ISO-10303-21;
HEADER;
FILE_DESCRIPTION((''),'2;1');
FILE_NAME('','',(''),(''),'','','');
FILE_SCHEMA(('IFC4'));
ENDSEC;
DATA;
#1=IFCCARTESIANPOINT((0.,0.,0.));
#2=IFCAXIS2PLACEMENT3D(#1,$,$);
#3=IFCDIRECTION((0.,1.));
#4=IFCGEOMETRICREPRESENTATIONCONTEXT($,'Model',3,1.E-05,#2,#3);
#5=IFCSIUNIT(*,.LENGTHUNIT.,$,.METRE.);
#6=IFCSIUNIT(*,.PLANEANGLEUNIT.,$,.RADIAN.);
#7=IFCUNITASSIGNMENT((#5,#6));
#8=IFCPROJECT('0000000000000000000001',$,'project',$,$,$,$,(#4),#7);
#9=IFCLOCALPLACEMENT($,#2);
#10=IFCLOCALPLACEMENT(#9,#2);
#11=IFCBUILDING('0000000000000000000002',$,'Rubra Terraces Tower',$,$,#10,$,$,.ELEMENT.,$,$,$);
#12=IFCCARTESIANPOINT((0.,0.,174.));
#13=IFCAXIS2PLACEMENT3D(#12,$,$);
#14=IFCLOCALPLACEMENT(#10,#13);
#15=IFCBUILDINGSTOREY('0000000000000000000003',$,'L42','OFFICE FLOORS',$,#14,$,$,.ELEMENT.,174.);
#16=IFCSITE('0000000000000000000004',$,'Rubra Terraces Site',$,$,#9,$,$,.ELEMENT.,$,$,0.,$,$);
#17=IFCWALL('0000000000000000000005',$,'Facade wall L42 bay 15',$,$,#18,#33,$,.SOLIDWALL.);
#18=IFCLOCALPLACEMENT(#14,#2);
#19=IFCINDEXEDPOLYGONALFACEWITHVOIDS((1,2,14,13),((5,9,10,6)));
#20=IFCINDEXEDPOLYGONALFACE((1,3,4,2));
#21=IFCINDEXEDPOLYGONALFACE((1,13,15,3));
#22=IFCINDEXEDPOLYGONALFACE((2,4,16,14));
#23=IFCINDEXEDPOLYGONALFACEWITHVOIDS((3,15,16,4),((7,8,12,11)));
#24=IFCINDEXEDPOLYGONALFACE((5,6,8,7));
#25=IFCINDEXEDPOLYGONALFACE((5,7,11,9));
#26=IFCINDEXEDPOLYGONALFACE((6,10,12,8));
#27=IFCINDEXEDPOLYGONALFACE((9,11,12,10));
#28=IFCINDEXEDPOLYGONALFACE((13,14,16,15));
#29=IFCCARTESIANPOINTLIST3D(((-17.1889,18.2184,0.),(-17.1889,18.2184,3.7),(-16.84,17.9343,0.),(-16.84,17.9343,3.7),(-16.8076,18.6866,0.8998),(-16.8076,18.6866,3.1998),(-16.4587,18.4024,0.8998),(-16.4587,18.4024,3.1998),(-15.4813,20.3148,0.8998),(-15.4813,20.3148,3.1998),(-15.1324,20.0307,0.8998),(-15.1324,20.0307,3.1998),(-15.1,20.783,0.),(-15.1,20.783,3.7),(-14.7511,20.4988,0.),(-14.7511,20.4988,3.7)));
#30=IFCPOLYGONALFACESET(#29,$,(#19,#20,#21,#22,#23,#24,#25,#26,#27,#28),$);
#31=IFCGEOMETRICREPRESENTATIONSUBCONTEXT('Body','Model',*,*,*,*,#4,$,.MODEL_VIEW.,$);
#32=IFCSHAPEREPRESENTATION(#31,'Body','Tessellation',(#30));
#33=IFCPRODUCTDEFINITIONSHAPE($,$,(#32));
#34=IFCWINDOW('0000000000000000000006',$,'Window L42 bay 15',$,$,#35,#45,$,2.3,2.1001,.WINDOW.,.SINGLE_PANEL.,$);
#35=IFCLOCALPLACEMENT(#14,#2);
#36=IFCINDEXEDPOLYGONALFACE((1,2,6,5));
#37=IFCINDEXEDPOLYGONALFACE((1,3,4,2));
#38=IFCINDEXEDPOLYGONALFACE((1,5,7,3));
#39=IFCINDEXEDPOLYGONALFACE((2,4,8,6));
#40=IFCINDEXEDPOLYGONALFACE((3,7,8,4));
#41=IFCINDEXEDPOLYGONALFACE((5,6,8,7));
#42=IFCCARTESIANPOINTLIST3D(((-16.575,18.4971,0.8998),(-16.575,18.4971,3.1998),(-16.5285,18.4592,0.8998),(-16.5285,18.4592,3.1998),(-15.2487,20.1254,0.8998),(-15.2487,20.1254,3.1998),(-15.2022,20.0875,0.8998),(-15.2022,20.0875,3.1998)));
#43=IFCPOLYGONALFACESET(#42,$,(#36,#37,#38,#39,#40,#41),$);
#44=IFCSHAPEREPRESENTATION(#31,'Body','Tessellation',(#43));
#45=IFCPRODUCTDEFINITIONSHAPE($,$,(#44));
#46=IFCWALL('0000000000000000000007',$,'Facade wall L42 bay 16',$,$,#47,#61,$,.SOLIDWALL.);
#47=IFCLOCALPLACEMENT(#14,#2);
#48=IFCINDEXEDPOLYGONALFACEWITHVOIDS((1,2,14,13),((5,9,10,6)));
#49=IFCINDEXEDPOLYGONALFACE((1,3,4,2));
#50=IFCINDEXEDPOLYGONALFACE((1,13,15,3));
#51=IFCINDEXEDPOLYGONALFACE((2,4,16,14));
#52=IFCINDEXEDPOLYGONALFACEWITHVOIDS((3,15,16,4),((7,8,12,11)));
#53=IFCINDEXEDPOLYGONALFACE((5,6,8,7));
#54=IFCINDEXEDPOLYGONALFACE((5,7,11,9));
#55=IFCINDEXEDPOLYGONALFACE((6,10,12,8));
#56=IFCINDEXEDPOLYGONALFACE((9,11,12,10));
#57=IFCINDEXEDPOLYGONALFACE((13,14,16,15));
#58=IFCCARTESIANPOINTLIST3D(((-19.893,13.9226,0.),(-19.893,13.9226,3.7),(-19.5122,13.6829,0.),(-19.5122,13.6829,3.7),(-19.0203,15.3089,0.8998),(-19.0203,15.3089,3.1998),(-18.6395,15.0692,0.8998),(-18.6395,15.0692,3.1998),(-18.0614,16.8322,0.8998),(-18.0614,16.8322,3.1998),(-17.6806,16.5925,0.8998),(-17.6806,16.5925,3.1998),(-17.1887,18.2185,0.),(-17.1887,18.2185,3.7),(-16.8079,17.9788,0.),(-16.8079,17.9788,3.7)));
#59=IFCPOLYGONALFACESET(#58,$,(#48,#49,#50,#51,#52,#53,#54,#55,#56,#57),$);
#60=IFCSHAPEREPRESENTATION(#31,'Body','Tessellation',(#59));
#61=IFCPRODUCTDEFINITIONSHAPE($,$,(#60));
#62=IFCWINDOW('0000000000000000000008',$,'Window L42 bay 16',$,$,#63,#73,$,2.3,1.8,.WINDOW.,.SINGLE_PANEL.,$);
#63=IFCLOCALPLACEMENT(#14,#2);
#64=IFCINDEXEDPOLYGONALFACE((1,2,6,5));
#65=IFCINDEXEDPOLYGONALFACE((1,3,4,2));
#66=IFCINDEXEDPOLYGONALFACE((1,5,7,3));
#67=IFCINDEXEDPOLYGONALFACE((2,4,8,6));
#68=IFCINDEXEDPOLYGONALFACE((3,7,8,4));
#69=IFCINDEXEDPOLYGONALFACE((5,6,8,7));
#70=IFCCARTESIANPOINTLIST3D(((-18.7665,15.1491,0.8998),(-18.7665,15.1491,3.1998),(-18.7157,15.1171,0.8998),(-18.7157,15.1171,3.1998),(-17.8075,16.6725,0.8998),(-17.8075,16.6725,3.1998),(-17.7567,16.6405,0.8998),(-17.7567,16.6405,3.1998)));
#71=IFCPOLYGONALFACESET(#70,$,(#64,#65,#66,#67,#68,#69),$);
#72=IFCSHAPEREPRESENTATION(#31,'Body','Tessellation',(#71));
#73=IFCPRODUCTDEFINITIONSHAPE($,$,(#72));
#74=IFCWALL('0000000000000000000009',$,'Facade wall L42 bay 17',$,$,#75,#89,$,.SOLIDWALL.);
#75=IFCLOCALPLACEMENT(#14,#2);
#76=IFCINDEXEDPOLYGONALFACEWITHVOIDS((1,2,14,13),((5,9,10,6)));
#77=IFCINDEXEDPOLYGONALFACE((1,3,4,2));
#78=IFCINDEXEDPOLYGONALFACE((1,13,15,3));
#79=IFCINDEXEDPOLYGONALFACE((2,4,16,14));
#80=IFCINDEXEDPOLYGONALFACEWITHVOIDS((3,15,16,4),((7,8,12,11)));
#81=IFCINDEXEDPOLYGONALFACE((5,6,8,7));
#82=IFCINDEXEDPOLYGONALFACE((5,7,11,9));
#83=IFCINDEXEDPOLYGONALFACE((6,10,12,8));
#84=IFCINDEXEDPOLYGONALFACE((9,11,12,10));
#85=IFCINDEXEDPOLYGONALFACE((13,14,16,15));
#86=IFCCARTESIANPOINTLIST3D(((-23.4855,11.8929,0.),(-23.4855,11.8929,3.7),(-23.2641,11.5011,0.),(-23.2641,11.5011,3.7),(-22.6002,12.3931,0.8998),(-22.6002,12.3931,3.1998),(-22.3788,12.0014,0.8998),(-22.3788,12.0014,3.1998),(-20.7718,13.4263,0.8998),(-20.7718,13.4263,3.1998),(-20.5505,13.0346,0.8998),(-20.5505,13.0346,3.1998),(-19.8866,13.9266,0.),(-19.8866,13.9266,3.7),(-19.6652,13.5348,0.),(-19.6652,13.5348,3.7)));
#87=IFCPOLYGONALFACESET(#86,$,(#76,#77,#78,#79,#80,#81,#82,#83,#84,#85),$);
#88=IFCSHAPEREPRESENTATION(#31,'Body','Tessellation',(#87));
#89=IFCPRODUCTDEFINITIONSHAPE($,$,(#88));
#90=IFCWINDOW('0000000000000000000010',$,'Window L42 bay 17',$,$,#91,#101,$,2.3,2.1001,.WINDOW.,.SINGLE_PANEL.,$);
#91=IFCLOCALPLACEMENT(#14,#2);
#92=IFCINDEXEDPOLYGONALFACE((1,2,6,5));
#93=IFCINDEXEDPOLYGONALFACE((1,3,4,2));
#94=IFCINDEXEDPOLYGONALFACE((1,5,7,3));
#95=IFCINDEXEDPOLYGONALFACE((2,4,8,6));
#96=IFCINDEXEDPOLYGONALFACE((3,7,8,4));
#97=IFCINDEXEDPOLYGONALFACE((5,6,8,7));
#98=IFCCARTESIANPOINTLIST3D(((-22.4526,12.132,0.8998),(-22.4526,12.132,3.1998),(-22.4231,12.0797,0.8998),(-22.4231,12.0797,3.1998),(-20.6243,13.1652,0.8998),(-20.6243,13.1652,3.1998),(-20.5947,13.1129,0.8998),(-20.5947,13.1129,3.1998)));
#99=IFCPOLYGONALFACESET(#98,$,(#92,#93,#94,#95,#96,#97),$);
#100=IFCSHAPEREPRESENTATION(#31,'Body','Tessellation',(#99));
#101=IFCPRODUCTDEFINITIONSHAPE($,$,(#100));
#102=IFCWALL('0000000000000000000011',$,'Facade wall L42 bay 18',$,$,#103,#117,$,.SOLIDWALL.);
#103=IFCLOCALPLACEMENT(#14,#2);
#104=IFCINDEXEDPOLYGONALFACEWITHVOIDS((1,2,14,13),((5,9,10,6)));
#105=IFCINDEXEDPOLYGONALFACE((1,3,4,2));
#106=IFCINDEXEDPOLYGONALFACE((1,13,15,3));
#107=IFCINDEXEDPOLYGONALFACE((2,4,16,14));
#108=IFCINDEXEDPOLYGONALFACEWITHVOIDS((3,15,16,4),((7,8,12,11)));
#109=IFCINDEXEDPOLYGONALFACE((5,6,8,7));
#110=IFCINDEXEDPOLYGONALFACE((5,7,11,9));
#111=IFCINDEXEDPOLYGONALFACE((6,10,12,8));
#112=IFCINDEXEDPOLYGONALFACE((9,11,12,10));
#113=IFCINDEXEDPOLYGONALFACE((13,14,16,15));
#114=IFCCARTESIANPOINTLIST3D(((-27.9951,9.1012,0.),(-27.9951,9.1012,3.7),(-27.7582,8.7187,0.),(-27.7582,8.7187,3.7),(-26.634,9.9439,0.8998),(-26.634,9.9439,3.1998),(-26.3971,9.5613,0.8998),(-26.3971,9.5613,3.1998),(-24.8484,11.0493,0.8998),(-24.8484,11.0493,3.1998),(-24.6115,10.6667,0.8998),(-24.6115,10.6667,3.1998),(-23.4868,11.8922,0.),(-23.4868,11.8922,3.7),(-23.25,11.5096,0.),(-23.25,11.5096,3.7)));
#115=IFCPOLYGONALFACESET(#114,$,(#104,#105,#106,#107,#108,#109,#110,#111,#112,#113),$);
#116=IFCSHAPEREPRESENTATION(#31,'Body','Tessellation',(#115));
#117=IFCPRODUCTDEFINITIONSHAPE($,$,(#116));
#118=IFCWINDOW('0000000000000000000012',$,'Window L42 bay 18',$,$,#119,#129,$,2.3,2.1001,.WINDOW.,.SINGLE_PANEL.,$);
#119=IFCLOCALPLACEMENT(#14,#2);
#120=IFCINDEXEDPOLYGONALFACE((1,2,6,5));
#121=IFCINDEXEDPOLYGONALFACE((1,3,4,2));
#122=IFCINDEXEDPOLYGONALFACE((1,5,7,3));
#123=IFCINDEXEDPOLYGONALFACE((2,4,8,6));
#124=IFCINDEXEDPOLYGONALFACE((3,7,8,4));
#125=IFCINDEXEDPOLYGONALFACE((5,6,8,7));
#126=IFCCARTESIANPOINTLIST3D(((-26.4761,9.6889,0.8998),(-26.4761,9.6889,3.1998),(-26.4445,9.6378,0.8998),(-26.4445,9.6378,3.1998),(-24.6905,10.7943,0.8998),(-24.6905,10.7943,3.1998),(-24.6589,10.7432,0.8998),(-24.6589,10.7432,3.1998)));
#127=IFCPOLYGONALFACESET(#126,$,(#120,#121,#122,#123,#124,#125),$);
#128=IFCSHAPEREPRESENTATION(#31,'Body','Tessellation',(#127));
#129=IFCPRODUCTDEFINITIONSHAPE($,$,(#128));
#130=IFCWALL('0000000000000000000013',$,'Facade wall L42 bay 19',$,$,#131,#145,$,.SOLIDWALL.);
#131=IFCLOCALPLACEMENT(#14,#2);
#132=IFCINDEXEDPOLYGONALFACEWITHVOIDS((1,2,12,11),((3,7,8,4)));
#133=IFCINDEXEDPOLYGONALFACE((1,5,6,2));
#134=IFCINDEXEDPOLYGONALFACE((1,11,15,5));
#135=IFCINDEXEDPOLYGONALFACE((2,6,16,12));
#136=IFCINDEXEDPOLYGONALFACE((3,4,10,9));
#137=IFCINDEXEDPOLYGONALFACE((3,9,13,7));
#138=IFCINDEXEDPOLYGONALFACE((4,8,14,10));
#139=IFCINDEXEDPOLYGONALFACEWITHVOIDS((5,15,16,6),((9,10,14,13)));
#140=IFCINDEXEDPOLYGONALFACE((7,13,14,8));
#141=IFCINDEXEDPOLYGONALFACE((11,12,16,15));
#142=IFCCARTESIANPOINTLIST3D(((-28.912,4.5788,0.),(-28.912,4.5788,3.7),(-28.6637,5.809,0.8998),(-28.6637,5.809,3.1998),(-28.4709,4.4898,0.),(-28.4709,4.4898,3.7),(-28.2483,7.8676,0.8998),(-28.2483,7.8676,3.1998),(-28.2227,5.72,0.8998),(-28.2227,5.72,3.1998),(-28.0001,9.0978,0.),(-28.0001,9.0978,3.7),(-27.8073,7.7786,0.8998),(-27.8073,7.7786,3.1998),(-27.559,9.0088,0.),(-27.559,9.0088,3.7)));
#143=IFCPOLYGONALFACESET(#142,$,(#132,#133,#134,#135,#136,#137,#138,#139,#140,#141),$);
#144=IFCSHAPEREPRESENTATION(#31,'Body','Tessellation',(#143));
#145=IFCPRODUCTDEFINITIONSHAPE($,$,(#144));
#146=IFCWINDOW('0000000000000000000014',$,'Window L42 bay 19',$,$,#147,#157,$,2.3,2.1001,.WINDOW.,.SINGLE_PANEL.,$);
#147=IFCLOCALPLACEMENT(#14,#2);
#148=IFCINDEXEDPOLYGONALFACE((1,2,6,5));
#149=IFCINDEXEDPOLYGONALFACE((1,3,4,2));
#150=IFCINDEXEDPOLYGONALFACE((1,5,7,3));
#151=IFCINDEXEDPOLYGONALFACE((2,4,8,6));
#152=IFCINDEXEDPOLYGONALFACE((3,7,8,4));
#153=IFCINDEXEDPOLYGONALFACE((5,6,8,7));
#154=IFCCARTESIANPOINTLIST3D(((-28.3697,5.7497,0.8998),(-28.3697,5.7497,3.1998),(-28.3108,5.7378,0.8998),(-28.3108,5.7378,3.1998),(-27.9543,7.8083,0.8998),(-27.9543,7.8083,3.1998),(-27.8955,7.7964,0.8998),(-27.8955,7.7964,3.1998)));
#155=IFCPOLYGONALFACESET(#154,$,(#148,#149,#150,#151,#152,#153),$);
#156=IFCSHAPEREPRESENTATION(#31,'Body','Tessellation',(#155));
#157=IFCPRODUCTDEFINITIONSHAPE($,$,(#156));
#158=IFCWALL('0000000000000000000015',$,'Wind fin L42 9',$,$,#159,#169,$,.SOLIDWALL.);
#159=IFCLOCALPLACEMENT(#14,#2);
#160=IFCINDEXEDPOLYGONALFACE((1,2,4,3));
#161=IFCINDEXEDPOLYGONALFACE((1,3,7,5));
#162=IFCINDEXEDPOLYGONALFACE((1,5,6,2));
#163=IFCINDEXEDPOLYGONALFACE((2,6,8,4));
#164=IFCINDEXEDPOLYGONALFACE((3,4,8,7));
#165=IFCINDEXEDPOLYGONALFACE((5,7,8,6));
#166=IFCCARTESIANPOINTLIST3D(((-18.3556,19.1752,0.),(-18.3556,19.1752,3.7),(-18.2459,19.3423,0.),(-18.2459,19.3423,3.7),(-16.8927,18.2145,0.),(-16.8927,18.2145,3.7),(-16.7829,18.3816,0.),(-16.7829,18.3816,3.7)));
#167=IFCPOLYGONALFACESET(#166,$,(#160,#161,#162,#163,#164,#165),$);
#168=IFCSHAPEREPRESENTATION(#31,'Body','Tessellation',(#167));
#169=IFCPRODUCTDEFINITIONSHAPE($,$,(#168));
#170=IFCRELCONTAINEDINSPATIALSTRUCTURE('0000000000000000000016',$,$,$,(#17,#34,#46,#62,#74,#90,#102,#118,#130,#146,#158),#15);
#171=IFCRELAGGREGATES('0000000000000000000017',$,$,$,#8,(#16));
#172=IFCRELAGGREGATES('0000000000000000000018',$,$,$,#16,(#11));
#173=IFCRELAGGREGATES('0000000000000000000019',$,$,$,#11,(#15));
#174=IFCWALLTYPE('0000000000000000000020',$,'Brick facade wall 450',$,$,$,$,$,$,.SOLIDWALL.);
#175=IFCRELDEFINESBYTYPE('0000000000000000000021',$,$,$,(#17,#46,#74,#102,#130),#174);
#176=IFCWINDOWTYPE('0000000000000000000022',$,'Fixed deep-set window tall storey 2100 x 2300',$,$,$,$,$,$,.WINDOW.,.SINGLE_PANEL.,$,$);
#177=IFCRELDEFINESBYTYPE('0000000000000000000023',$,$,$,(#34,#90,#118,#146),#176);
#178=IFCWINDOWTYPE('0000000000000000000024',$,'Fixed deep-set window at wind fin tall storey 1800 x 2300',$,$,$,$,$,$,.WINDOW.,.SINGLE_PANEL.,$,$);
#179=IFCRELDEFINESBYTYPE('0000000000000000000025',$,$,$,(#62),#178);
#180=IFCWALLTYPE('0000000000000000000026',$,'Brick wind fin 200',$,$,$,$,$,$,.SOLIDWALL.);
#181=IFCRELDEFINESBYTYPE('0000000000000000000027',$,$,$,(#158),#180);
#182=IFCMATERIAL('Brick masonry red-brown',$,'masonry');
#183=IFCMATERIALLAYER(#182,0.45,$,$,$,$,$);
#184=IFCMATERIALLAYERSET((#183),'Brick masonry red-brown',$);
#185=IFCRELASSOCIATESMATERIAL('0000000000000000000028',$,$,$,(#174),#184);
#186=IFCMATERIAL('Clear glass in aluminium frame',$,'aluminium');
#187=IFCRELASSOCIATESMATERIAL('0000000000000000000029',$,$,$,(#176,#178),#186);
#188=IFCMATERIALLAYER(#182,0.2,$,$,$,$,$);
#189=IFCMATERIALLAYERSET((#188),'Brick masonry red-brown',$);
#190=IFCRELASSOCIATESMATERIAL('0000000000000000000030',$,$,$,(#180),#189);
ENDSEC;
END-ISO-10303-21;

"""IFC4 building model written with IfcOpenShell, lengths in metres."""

from ifc_helpers import new_model, si_unit, direction, frame, frame_2d, origin, place, context, subcontext, project, spatial, rectangle, extrude, material, layer, layer_set, type_object, element, fill, save


model = new_model("IFC4")

# Units and contexts
model_context = context("Model", 3, precision=1e-05, world=origin(), true_north=direction((0.0, 1.0)))
body_context = subcontext(model_context, "Body", "Model", "MODEL_VIEW")
ifc_project = project(units=[si_unit("LENGTHUNIT", "METRE"), si_unit("PLANEANGLEUNIT", "RADIAN")], contexts=[model_context])

# Site, building, storey
site_placement = place(None, origin())
site = spatial("IfcSite", under=ifc_project, at=site_placement, Name="Rubra Terraces Site", CompositionType="ELEMENT", RefElevation=0.0)
building_placement = place(site_placement, origin())
building = spatial("IfcBuilding", under=site, at=building_placement, Name="Rubra Terraces Tower", CompositionType="ELEMENT")
storey_placement = place(building_placement, frame((0.0, 0.0, 174.0)))
storey = spatial("IfcBuildingStorey", under=building, at=storey_placement, Name="L42", Description="OFFICE FLOORS", CompositionType="ELEMENT", Elevation=174.0)

# Walls, openings, windows
ifc_material_1 = material(Name="Brick masonry red-brown", Category="masonry")
ifc_layer_1 = layer(ifc_material_1, 0.45)
ifc_layer_set_1 = layer_set([ifc_layer_1], Name="Brick masonry red-brown")
wall_type_1 = type_object("IfcWallType", Name="Brick facade wall 450", PredefinedType="SOLIDWALL", material=ifc_layer_set_1)
wall_1_placement = place(storey_placement, frame((-14.9255, 20.6409, 0.0), z_axis=(0.0, 0.0, 1.0), x_axis=(-0.631548, -0.775337, 0.0)))
wall_1 = element("IfcWall", 1, at=wall_1_placement, inside=storey, type_object=wall_type_1, Name="Facade wall L42 bay 15", PredefinedType="SOLIDWALL", context=body_context, shape_type="SweptSolid", body=[
    extrude(rectangle(XDim=3.3076, YDim=0.45, at=frame_2d((1.6538, 0.0))), origin(), (0.0, 0.0, 1.0), 3.7),
])
opening_1_placement = place(wall_1_placement, frame((0.6038, 0.0, 0.8999)))
opening_1 = element("IfcOpeningElement", 2, at=opening_1_placement, cuts=wall_1, PredefinedType="OPENING", context=body_context, shape_type="SweptSolid", body=[
    extrude(rectangle(XDim=2.1001, YDim=2.3, at=frame_2d((1.05, 1.1499))), frame((0.0, 0.2349, 0.0), z_axis=(0.0, -1.0, 0.0), x_axis=(1.0, 0.0, 0.0)), (0.0, 0.0, 1.0), 0.47),
])
ifc_material_2 = material(Name="Clear glass in aluminium frame", Category="aluminium")
window_type_1 = type_object("IfcWindowType", Name="Fixed deep-set window tall storey 2100 x 2300", PartitioningType="SINGLE_PANEL", PredefinedType="WINDOW", material=ifc_material_2)
window_1_placement = place(opening_1_placement, origin())
window_1 = element("IfcWindow", 3, at=window_1_placement, inside=storey, type_object=window_type_1, Name="Window L42 bay 15", OverallHeight=2.3, OverallWidth=2.1001, PartitioningType="SINGLE_PANEL", PredefinedType="WINDOW", context=body_context, shape_type="SweptSolid", body=[
    extrude(rectangle(XDim=2.1001, YDim=2.3, at=frame_2d((1.05, 1.1499))), frame((0.0, 0.135, 0.0), z_axis=(0.0, -1.0, 0.0), x_axis=(1.0, 0.0, 0.0)), (0.0, 0.0, 1.0), 0.0601),
])
fill(opening_1, window_1)
wall_2_placement = place(storey_placement, frame((-16.9983, 18.0986, 0.0), z_axis=(0.0, 0.0, 1.0), x_axis=(-0.532746, -0.846275, 0.0)))
wall_2 = element("IfcWall", 4, at=wall_2_placement, inside=storey, type_object=wall_type_1, Name="Facade wall L42 bay 16", PredefinedType="SOLIDWALL", context=body_context, shape_type="SweptSolid", body=[
    extrude(rectangle(XDim=5.0762, YDim=0.45, at=frame_2d((2.5381, 0.0))), origin(), (0.0, 0.0, 1.0), 3.7),
])
opening_2_placement = place(wall_2_placement, frame((1.6382, 0.0, 0.8999)))
opening_2 = element("IfcOpeningElement", 5, at=opening_2_placement, cuts=wall_2, PredefinedType="OPENING", context=body_context, shape_type="SweptSolid", body=[
    extrude(rectangle(XDim=1.8, YDim=2.3, at=frame_2d((0.8999, 1.1499))), frame((0.0, 0.2349, 0.0), z_axis=(0.0, -1.0, 0.0), x_axis=(1.0, 0.0, 0.0)), (0.0, 0.0, 1.0), 0.47),
])
window_type_2 = type_object("IfcWindowType", Name="Fixed deep-set window at wind fin tall storey 1800 x 2300", PartitioningType="SINGLE_PANEL", PredefinedType="WINDOW", material=ifc_material_2)
window_2_placement = place(opening_2_placement, origin())
window_2 = element("IfcWindow", 6, at=window_2_placement, inside=storey, type_object=window_type_2, Name="Window L42 bay 16", OverallHeight=2.3, OverallWidth=1.8, PartitioningType="SINGLE_PANEL", PredefinedType="WINDOW", context=body_context, shape_type="SweptSolid", body=[
    extrude(rectangle(XDim=1.8, YDim=2.3, at=frame_2d((0.8999, 1.1499))), frame((0.0, 0.135, 0.0), z_axis=(0.0, -1.0, 0.0), x_axis=(1.0, 0.0, 0.0)), (0.0, 0.0, 1.0), 0.0601),
])
fill(opening_2, window_2)
wall_3_placement = place(storey_placement, frame((-19.7759, 13.7307, 0.0), z_axis=(0.0, 0.0, 1.0), x_axis=(-0.87061, -0.491974, 0.0)))
wall_3 = element("IfcWall", 7, at=wall_3_placement, inside=storey, type_object=wall_type_1, Name="Facade wall L42 bay 17", PredefinedType="SOLIDWALL", context=body_context, shape_type="SweptSolid", body=[
    extrude(rectangle(XDim=4.1338, YDim=0.45, at=frame_2d((2.0669, 0.0))), origin(), (0.0, 0.0, 1.0), 3.7),
])
opening_3_placement = place(wall_3_placement, frame((1.0168, 0.0, 0.8999)))
opening_3 = element("IfcOpeningElement", 8, at=opening_3_placement, cuts=wall_3, PredefinedType="OPENING", context=body_context, shape_type="SweptSolid", body=[
    extrude(rectangle(XDim=2.1001, YDim=2.3, at=frame_2d((1.05, 1.1499))), frame((0.0, 0.2349, 0.0), z_axis=(0.0, -1.0, 0.0), x_axis=(1.0, 0.0, 0.0)), (0.0, 0.0, 1.0), 0.47),
])
window_3_placement = place(opening_3_placement, origin())
window_3 = element("IfcWindow", 9, at=window_3_placement, inside=storey, type_object=window_type_1, Name="Window L42 bay 17", OverallHeight=2.3, OverallWidth=2.1001, PartitioningType="SINGLE_PANEL", PredefinedType="WINDOW", context=body_context, shape_type="SweptSolid", body=[
    extrude(rectangle(XDim=2.1001, YDim=2.3, at=frame_2d((1.05, 1.1499))), frame((0.0, 0.135, 0.0), z_axis=(0.0, -1.0, 0.0), x_axis=(1.0, 0.0, 0.0)), (0.0, 0.0, 1.0), 0.0601),
])
fill(opening_3, window_3)
wall_4_placement = place(storey_placement, frame((-23.3684, 11.7009, 0.0), z_axis=(0.0, 0.0, 1.0), x_axis=(-0.850251, -0.526377, 0.0)))
wall_4 = element("IfcWall", 10, at=wall_4_placement, inside=storey, type_object=wall_type_1, Name="Facade wall L42 bay 18", PredefinedType="SOLIDWALL", context=body_context, shape_type="SweptSolid", body=[
    extrude(rectangle(XDim=5.3022, YDim=0.45, at=frame_2d((2.6511, 0.0))), origin(), (0.0, 0.0, 1.0), 3.7),
])
opening_4_placement = place(wall_4_placement, frame((1.6013, 0.0, 0.8999)))
opening_4 = element("IfcOpeningElement", 11, at=opening_4_placement, cuts=wall_4, PredefinedType="OPENING", context=body_context, shape_type="SweptSolid", body=[
    extrude(rectangle(XDim=2.1001, YDim=2.3, at=frame_2d((1.05, 1.1499))), frame((0.0, 0.2349, 0.0), z_axis=(0.0, -1.0, 0.0), x_axis=(1.0, 0.0, 0.0)), (0.0, 0.0, 1.0), 0.47),
])
window_4_placement = place(opening_4_placement, origin())
window_4 = element("IfcWindow", 12, at=window_4_placement, inside=storey, type_object=window_type_1, Name="Window L42 bay 18", OverallHeight=2.3, OverallWidth=2.1001, PartitioningType="SINGLE_PANEL", PredefinedType="WINDOW", context=body_context, shape_type="SweptSolid", body=[
    extrude(rectangle(XDim=2.1001, YDim=2.3, at=frame_2d((1.05, 1.1499))), frame((0.0, 0.135, 0.0), z_axis=(0.0, -1.0, 0.0), x_axis=(1.0, 0.0, 0.0)), (0.0, 0.0, 1.0), 0.0601),
])
fill(opening_4, window_4)
wall_5_placement = place(storey_placement, frame((-27.7795, 9.0535, 0.0), z_axis=(0.0, 0.0, 1.0), x_axis=(-0.197796, -0.980243, 0.0)))
wall_5 = element("IfcWall", 13, at=wall_5_placement, inside=storey, type_object=wall_type_1, Name="Facade wall L42 bay 19", PredefinedType="SOLIDWALL", context=body_context, shape_type="SweptSolid", body=[
    extrude(rectangle(XDim=4.6101, YDim=0.45, at=frame_2d((2.3052, 0.0))), origin(), (0.0, 0.0, 1.0), 3.7),
])
opening_5_placement = place(wall_5_placement, frame((1.2551, 0.0, 0.8999)))
opening_5 = element("IfcOpeningElement", 14, at=opening_5_placement, cuts=wall_5, PredefinedType="OPENING", context=body_context, shape_type="SweptSolid", body=[
    extrude(rectangle(XDim=2.1001, YDim=2.3, at=frame_2d((1.05, 1.1499))), frame((0.0, 0.2349, 0.0), z_axis=(0.0, -1.0, 0.0), x_axis=(1.0, 0.0, 0.0)), (0.0, 0.0, 1.0), 0.47),
])
window_5_placement = place(opening_5_placement, origin())
window_5 = element("IfcWindow", 15, at=window_5_placement, inside=storey, type_object=window_type_1, Name="Window L42 bay 19", OverallHeight=2.3, OverallWidth=2.1001, PartitioningType="SINGLE_PANEL", PredefinedType="WINDOW", context=body_context, shape_type="SweptSolid", body=[
    extrude(rectangle(XDim=2.1001, YDim=2.3, at=frame_2d((1.05, 1.1499))), frame((0.0, 0.135, 0.0), z_axis=(0.0, -1.0, 0.0), x_axis=(1.0, 0.0, 0.0)), (0.0, 0.0, 1.0), 0.0601),
])
fill(opening_5, window_5)

# Wall
ifc_layer_2 = layer(ifc_material_1, 0.2)
ifc_layer_set_2 = layer_set([ifc_layer_2], Name="Brick masonry red-brown")
wall_type_2 = type_object("IfcWallType", Name="Brick wind fin 200", PredefinedType="SOLIDWALL", material=ifc_layer_set_2)
wall_6_placement = place(storey_placement, frame((-16.8379, 18.2981, 0.0), z_axis=(0.0, 0.0, 1.0), x_axis=(-0.835872, 0.548925, 0.0)))
element("IfcWall", 16, at=wall_6_placement, inside=storey, type_object=wall_type_2, Name="Wind fin L42 9", PredefinedType="SOLIDWALL", context=body_context, shape_type="SweptSolid", body=[
    extrude(rectangle(XDim=1.7502, YDim=0.2, at=frame_2d((0.875, 0.0))), origin(), (0.0, 0.0, 1.0), 3.7),
])

save(model, "model.ifc")
